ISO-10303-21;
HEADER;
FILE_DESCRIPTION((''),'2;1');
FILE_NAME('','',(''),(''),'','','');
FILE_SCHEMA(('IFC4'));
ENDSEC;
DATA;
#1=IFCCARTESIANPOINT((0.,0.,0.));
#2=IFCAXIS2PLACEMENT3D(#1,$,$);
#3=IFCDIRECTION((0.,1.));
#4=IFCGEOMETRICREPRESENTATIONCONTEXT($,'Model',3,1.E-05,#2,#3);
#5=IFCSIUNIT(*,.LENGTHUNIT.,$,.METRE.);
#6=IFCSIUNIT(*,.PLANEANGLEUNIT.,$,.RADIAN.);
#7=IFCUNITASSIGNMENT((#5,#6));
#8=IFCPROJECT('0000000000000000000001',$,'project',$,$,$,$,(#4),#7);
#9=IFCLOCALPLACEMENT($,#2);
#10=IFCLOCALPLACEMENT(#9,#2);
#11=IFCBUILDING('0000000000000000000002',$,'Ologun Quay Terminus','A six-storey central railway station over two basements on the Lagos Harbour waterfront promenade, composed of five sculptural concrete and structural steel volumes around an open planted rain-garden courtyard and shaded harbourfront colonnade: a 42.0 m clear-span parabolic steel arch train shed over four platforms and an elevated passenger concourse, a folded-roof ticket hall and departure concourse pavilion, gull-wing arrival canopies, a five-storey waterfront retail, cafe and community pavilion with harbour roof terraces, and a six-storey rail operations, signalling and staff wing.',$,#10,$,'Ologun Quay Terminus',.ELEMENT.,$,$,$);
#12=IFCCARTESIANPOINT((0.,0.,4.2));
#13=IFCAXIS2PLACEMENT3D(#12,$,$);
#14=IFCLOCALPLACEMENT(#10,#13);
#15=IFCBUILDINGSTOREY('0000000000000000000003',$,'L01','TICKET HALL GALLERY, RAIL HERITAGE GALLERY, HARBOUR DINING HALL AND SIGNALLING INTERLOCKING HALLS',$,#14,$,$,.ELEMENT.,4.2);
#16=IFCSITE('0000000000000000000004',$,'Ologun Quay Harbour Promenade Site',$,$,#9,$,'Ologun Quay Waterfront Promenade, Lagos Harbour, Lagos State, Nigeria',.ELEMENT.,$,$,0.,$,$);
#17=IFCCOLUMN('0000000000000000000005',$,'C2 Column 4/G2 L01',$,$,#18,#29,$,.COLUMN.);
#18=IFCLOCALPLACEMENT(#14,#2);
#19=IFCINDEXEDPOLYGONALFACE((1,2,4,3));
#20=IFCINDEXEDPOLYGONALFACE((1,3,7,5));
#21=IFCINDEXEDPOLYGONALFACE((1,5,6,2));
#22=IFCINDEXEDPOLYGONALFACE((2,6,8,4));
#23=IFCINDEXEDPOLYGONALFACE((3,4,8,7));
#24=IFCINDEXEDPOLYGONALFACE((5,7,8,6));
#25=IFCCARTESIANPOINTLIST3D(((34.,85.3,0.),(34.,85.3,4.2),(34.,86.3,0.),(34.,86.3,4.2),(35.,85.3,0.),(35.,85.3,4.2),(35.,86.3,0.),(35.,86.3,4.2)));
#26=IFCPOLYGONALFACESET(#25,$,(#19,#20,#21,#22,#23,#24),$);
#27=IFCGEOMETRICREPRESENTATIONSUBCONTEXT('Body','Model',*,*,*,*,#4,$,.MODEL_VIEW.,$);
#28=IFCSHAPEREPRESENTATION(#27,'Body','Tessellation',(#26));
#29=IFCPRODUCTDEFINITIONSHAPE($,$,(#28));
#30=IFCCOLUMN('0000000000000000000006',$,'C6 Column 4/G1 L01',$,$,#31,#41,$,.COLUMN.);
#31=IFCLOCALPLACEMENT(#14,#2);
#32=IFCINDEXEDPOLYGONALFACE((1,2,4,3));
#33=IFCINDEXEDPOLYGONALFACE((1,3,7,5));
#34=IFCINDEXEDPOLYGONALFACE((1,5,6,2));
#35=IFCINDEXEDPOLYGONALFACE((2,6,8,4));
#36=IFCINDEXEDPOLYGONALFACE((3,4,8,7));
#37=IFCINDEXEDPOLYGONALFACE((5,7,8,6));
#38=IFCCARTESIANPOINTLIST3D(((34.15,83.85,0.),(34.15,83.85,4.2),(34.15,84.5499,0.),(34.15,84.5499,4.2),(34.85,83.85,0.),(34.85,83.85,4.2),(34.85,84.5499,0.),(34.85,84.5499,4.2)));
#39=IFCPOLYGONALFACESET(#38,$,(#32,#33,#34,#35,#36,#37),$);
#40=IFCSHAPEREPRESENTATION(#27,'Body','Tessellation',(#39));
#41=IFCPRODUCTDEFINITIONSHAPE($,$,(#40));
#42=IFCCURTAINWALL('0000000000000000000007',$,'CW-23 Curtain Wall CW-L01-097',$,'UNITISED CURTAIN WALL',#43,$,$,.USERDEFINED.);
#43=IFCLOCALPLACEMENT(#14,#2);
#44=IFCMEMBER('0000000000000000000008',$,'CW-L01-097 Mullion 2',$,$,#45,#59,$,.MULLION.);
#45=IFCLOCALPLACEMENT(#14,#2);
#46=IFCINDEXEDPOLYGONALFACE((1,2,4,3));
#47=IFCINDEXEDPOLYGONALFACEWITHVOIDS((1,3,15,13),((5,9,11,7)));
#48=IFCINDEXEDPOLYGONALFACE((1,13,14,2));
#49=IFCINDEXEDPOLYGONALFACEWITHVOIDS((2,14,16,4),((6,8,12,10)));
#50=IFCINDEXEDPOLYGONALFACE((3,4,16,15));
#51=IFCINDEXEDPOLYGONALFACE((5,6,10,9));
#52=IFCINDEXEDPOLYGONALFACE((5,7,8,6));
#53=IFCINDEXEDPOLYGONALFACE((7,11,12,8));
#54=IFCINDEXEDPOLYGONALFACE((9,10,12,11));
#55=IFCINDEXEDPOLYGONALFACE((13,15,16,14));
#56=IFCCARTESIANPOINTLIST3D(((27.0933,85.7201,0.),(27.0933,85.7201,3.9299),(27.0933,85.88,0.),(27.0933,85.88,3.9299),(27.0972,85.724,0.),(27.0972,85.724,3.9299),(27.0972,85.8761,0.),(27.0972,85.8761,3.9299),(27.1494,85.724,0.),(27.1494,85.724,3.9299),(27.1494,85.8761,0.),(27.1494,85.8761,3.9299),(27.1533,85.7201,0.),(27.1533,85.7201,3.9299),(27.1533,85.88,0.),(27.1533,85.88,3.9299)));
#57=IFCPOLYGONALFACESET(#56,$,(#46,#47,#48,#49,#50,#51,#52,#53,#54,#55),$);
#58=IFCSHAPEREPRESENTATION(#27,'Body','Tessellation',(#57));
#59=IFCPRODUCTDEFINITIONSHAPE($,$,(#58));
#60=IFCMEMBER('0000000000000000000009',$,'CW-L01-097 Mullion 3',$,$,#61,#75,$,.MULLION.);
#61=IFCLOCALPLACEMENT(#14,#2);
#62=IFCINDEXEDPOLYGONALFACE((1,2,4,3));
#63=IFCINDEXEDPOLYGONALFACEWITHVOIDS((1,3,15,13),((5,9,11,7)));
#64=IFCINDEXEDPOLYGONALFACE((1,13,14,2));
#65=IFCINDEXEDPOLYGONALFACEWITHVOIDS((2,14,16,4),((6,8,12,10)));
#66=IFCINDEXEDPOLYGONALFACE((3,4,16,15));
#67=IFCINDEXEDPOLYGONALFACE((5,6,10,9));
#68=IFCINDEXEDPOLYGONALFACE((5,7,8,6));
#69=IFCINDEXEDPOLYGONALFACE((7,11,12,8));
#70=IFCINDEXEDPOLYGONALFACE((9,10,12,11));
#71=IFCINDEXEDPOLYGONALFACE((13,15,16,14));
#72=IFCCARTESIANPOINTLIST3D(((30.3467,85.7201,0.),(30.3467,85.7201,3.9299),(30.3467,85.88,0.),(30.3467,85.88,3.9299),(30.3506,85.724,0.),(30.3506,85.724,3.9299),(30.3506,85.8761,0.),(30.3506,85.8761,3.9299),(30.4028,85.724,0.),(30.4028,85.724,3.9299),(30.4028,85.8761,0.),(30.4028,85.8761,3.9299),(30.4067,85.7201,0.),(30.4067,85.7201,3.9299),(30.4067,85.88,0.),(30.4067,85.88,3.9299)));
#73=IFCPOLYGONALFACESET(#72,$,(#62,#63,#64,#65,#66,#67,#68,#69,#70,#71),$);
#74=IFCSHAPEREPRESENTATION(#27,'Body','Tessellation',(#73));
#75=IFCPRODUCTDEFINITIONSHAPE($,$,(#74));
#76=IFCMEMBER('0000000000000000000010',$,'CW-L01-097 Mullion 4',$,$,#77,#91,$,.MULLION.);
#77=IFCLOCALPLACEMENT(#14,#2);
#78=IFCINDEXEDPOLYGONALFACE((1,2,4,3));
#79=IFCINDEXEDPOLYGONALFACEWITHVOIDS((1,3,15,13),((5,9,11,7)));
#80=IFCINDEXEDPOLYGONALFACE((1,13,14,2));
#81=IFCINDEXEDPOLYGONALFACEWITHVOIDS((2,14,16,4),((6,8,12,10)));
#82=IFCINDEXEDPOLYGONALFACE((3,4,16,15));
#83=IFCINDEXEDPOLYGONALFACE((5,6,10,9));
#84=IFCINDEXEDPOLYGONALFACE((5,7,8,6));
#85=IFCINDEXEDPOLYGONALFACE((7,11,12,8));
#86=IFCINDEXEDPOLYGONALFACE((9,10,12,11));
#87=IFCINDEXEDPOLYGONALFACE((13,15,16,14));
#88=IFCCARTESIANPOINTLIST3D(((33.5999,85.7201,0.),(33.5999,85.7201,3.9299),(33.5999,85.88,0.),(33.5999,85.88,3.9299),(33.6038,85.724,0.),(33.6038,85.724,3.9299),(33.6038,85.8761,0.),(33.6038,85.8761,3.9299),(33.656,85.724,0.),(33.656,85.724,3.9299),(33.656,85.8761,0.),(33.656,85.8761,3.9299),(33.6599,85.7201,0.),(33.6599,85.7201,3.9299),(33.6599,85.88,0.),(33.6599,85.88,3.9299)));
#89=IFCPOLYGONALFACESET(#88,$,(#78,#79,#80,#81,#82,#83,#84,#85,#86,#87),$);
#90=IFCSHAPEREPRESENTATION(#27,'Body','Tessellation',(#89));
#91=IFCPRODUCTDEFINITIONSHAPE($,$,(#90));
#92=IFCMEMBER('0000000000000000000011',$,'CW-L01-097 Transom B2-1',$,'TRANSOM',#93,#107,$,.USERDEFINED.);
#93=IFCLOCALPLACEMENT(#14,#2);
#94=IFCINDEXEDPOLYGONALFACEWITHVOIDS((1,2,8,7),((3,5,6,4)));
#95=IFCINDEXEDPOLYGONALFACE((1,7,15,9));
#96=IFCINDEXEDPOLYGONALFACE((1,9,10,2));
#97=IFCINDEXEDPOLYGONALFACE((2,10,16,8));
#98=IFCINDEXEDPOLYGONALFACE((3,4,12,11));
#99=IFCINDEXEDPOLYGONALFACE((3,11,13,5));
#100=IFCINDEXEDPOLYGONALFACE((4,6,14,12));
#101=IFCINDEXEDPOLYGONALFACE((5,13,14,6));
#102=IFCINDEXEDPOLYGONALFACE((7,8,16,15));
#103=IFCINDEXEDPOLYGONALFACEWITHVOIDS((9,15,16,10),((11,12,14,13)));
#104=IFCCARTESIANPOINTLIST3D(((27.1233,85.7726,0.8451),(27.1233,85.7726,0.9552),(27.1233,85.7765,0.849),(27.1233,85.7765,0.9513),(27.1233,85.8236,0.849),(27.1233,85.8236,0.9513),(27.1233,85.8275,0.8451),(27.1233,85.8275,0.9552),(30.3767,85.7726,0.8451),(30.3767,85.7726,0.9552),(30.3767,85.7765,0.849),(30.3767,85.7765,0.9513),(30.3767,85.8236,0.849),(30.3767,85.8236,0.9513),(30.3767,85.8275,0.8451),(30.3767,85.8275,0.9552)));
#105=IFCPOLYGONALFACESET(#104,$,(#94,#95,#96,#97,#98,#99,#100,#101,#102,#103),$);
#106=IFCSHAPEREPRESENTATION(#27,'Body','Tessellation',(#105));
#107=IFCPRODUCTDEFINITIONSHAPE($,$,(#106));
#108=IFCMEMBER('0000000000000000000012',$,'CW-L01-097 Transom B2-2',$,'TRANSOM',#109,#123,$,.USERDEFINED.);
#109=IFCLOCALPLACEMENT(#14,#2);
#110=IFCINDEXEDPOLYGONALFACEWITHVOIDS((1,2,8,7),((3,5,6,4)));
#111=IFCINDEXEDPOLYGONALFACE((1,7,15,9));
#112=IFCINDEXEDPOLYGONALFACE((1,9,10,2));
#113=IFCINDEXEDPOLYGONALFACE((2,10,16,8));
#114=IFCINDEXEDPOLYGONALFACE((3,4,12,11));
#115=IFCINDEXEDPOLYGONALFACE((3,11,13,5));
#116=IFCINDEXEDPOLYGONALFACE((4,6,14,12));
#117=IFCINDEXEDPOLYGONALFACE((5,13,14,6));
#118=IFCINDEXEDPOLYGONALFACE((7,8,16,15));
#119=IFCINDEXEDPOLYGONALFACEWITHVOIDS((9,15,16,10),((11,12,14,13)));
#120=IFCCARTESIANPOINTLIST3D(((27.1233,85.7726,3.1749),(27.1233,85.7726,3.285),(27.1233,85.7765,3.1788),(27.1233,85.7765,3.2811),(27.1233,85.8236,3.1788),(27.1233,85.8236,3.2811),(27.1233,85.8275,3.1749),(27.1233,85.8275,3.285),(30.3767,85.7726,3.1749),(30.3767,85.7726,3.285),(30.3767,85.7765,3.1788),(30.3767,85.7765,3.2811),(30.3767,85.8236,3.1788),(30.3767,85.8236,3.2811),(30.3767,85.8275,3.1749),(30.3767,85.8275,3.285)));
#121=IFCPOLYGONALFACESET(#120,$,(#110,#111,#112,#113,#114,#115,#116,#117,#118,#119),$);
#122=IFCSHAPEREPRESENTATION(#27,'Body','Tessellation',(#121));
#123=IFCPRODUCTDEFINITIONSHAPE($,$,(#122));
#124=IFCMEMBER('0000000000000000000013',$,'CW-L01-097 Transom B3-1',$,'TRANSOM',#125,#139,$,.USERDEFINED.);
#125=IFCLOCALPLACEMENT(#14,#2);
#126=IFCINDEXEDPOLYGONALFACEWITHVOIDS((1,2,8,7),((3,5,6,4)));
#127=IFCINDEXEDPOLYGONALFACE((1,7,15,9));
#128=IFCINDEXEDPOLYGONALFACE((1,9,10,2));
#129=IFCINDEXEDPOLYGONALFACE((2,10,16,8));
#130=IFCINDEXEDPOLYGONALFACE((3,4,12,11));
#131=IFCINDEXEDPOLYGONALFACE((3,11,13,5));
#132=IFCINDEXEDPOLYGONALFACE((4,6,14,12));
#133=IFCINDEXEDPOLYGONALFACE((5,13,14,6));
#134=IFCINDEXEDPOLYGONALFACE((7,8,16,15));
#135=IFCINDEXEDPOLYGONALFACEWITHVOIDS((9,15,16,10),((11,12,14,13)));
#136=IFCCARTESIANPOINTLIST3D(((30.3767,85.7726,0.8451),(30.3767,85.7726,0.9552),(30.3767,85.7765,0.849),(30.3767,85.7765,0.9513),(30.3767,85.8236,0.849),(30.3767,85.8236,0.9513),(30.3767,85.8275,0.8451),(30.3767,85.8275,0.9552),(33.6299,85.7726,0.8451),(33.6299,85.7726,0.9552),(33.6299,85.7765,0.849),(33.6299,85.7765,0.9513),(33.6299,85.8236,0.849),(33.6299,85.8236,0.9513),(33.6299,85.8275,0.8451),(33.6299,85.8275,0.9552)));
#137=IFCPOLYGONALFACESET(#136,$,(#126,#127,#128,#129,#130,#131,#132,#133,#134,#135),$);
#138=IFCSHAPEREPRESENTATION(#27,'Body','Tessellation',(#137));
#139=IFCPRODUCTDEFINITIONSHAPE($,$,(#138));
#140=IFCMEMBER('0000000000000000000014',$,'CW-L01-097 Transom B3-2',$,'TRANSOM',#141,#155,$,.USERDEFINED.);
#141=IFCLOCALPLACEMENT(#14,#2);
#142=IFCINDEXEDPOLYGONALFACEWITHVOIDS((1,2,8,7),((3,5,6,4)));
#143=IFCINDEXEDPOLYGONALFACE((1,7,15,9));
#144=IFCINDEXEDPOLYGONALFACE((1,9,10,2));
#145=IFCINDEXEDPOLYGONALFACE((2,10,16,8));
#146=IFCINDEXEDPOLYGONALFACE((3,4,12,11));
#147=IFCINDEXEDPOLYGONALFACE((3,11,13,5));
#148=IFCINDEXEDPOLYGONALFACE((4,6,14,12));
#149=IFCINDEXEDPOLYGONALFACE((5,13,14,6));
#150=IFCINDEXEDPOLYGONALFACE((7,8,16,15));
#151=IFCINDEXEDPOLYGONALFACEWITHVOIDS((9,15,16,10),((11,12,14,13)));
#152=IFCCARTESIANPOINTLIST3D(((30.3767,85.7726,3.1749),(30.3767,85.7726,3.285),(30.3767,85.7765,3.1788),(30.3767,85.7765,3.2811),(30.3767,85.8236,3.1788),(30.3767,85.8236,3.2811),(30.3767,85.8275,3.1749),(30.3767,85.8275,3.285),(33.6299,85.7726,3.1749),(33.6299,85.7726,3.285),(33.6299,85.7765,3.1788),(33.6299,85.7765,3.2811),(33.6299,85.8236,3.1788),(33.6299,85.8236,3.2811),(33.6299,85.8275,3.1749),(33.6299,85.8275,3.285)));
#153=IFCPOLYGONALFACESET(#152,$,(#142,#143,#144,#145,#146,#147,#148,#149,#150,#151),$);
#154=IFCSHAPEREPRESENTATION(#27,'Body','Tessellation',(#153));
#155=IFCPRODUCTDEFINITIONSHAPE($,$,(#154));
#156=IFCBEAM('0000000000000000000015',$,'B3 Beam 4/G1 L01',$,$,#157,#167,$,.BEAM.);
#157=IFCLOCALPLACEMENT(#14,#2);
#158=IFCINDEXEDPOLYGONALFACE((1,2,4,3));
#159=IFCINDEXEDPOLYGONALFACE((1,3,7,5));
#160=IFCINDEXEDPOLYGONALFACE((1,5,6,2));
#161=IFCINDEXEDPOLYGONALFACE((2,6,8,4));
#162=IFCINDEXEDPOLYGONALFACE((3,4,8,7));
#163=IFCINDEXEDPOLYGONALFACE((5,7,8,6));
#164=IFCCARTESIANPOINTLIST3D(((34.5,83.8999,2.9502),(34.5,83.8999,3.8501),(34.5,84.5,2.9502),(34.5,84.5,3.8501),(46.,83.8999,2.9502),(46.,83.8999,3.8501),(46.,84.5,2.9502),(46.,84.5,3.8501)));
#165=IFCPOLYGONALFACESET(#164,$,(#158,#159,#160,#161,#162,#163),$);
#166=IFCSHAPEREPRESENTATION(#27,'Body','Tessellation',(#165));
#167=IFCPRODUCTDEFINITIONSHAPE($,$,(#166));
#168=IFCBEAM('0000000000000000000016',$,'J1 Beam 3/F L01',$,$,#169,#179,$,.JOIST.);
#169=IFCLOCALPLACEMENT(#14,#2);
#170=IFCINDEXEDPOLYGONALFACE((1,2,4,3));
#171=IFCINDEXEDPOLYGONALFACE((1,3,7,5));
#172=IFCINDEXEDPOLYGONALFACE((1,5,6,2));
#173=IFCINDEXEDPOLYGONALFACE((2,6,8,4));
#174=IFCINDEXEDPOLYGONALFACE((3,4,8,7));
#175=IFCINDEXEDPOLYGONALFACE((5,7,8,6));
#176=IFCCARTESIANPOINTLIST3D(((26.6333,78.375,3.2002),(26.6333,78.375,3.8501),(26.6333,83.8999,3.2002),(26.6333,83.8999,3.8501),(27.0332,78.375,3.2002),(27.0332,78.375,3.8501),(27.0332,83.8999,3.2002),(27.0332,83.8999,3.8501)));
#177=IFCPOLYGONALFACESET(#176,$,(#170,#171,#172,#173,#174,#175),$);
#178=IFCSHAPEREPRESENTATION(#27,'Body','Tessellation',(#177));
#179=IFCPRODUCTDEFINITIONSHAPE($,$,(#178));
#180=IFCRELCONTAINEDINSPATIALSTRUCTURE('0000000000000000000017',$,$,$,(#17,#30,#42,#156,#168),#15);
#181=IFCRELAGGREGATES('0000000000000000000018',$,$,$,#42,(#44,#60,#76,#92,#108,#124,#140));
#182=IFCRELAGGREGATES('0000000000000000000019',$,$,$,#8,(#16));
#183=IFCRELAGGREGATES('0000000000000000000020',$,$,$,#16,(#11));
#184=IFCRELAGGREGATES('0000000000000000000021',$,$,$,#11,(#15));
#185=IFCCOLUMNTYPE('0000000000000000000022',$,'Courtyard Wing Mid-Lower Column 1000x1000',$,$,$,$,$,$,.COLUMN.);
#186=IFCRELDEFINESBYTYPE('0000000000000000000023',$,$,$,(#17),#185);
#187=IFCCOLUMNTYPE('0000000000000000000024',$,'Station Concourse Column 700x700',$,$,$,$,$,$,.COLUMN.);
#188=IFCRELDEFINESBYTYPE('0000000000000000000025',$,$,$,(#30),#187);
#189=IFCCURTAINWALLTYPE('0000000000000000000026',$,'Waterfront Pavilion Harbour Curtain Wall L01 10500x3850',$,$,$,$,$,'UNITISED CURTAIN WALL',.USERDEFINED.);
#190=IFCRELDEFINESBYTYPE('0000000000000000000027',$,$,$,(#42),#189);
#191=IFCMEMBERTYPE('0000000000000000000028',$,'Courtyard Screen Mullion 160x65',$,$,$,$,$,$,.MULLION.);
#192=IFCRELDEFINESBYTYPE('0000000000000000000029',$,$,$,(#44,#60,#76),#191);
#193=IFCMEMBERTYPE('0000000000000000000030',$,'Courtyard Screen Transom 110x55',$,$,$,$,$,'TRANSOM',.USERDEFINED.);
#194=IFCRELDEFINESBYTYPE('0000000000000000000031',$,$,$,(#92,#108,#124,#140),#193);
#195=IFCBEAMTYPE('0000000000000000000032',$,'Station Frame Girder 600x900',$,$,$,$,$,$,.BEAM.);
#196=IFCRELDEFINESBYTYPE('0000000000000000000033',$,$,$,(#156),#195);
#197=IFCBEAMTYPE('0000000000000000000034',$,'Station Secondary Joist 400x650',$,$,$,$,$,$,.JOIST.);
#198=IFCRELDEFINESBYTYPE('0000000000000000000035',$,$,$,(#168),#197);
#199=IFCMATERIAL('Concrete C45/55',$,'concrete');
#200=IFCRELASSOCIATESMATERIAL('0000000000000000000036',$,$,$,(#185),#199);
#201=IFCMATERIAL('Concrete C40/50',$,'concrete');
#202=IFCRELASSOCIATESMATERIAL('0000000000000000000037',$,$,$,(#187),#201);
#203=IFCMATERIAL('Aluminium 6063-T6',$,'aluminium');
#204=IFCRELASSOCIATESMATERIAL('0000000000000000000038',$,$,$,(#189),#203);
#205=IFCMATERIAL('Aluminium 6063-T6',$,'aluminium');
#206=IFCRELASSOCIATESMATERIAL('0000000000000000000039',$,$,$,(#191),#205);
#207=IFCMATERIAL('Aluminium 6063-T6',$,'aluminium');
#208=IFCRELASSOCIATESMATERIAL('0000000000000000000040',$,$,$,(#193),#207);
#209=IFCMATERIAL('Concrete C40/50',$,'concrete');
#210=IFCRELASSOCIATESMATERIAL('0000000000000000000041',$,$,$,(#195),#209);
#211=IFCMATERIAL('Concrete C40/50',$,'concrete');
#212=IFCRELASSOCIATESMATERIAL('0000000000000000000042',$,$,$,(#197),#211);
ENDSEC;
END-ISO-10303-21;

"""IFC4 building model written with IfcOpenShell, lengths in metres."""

from ifc_helpers import new_model, si_unit, direction, frame, origin, origin_2d, place, context, subcontext, project, spatial, rectangle, hollow_rectangle, extrude, material, material_profile, profile_set, type_object, element, aggregate, save


model = new_model("IFC4")

# Units and contexts
model_context = context("Model", 3, precision=1e-05, world=origin(), true_north=direction((0.0, 1.0)))
body_context = subcontext(model_context, "Body", "Model", "MODEL_VIEW")
ifc_project = project(units=[si_unit("LENGTHUNIT", "METRE"), si_unit("PLANEANGLEUNIT", "RADIAN")], contexts=[model_context])

# Site, building, storey
site_placement = place(None, origin())
site = spatial("IfcSite", under=ifc_project, at=site_placement, Name="Ologun Quay Harbour Promenade Site", LongName="Ologun Quay Waterfront Promenade, Lagos Harbour, Lagos State, Nigeria", CompositionType="ELEMENT", RefElevation=0.0)
building_placement = place(site_placement, origin())
building = spatial("IfcBuilding", under=site, at=building_placement, Name="Ologun Quay Terminus", Description="A six-storey central railway station over two basements on the Lagos Harbour waterfront promenade, composed of five sculptural concrete and structural steel volumes around an open planted rain-garden courtyard and shaded harbourfront colonnade: a 42.0 m clear-span parabolic steel arch train shed over four platforms and an elevated passenger concourse, a folded-roof ticket hall and departure concourse pavilion, gull-wing arrival canopies, a five-storey waterfront retail, cafe and community pavilion with harbour roof terraces, and a six-storey rail operations, signalling and staff wing.", LongName="Ologun Quay Terminus", CompositionType="ELEMENT")
storey_placement = place(building_placement, frame((0.0, 0.0, 4.2)))
storey = spatial("IfcBuildingStorey", under=building, at=storey_placement, Name="L01", Description="TICKET HALL GALLERY, RAIL HERITAGE GALLERY, HARBOUR DINING HALL AND SIGNALLING INTERLOCKING HALLS", CompositionType="ELEMENT", Elevation=4.2)

# Columns
ifc_material_1 = material(Name="Concrete C45/55", Category="concrete")
ifc_material_profile_1 = material_profile(ifc_material_1, rectangle(XDim=1.0, YDim=1.0, at=origin_2d()), Name="RC 1000x1000")
ifc_profile_set_1 = profile_set([ifc_material_profile_1], Name="Concrete C45/55")
column_type_1 = type_object("IfcColumnType", Name="Courtyard Wing Mid-Lower Column 1000x1000", PredefinedType="COLUMN", material=ifc_profile_set_1)
column_1_placement = place(storey_placement, frame((34.5, 85.8, 0.0), z_axis=(0.0, 0.0, 1.0), x_axis=(1.0, 0.0, 0.0)))
element("IfcColumn", 1, at=column_1_placement, inside=storey, type_object=column_type_1, Name="C2 Column 4/G2 L01", PredefinedType="COLUMN", context=body_context, shape_type="SweptSolid", body=[
    extrude(rectangle(XDim=1.0, YDim=1.0, at=origin_2d()), origin(), (0.0, 0.0, 1.0), 4.2),
])
ifc_material_2 = material(Name="Concrete C40/50", Category="concrete")
ifc_material_profile_2 = material_profile(ifc_material_2, rectangle(XDim=0.7, YDim=0.7, at=origin_2d()), Name="RC 700x700")
ifc_profile_set_2 = profile_set([ifc_material_profile_2], Name="Concrete C40/50")
column_type_2 = type_object("IfcColumnType", Name="Station Concourse Column 700x700", PredefinedType="COLUMN", material=ifc_profile_set_2)
column_2_placement = place(storey_placement, frame((34.5, 84.2, 0.0), z_axis=(0.0, 0.0, 1.0), x_axis=(1.0, 0.0, 0.0)))
element("IfcColumn", 2, at=column_2_placement, inside=storey, type_object=column_type_2, Name="C6 Column 4/G1 L01", PredefinedType="COLUMN", context=body_context, shape_type="SweptSolid", body=[
    extrude(rectangle(XDim=0.7, YDim=0.7, at=origin_2d()), origin(), (0.0, 0.0, 1.0), 4.2),
])

# Curtain wall, members
ifc_material_3 = material(Name="Aluminium 6063-T6", Category="aluminium")
curtain_wall_type = type_object("IfcCurtainWallType", Name="Waterfront Pavilion Harbour Curtain Wall L01 10500x3850", ElementType="UNITISED CURTAIN WALL", PredefinedType="USERDEFINED", material=ifc_material_3)
curtain_wall_placement = place(storey_placement, origin())
curtain_wall = element("IfcCurtainWall", 3, at=curtain_wall_placement, inside=storey, type_object=curtain_wall_type, Name="CW-23 Curtain Wall CW-L01-097", ObjectType="UNITISED CURTAIN WALL", PredefinedType="USERDEFINED")
ifc_material_4 = material(Name="Aluminium 6063-T6", Category="aluminium")
ifc_material_profile_3 = material_profile(ifc_material_4, hollow_rectangle(XDim=0.0601, YDim=0.1599, WallThickness=0.0039, at=origin_2d()), Name="ALU 160x60x4")
ifc_profile_set_3 = profile_set([ifc_material_profile_3], Name="Aluminium 6063-T6")
member_type_1 = type_object("IfcMemberType", Name="Courtyard Screen Mullion 160x65", PredefinedType="MULLION", material=ifc_profile_set_3)
member_1_placement = place(storey_placement, frame((27.1233, 85.8, 0.0), z_axis=(0.0, 0.0, 1.0), x_axis=(1.0, 0.0, 0.0)))
member_1 = element("IfcMember", 4, at=member_1_placement, type_object=member_type_1, Name="CW-L01-097 Mullion 2", PredefinedType="MULLION", context=body_context, shape_type="SweptSolid", body=[
    extrude(hollow_rectangle(XDim=0.0601, YDim=0.1599, WallThickness=0.0039, at=origin_2d()), origin(), (0.0, 0.0, 1.0), 3.9299),
])
member_2_placement = place(storey_placement, frame((30.3767, 85.8, 0.0), z_axis=(0.0, 0.0, 1.0), x_axis=(1.0, 0.0, 0.0)))
member_2 = element("IfcMember", 5, at=member_2_placement, type_object=member_type_1, Name="CW-L01-097 Mullion 3", PredefinedType="MULLION", context=body_context, shape_type="SweptSolid", body=[
    extrude(hollow_rectangle(XDim=0.0601, YDim=0.1599, WallThickness=0.0039, at=origin_2d()), origin(), (0.0, 0.0, 1.0), 3.9299),
])
member_3_placement = place(storey_placement, frame((33.6299, 85.8, 0.0), z_axis=(0.0, 0.0, 1.0), x_axis=(1.0, 0.0, 0.0)))
member_3 = element("IfcMember", 6, at=member_3_placement, type_object=member_type_1, Name="CW-L01-097 Mullion 4", PredefinedType="MULLION", context=body_context, shape_type="SweptSolid", body=[
    extrude(hollow_rectangle(XDim=0.0601, YDim=0.1599, WallThickness=0.0039, at=origin_2d()), origin(), (0.0, 0.0, 1.0), 3.9299),
])
ifc_material_5 = material(Name="Aluminium 6063-T6", Category="aluminium")
ifc_material_profile_4 = material_profile(ifc_material_5, hollow_rectangle(XDim=0.0549, YDim=0.1101, WallThickness=0.0039, at=origin_2d()), Name="ALU 110x55x4")
ifc_profile_set_4 = profile_set([ifc_material_profile_4], Name="Aluminium 6063-T6")
member_type_2 = type_object("IfcMemberType", Name="Courtyard Screen Transom 110x55", ElementType="TRANSOM", PredefinedType="USERDEFINED", material=ifc_profile_set_4)
member_4_placement = place(storey_placement, frame((27.1233, 85.8, 0.9001), z_axis=(1.0, 0.0, 0.0), x_axis=(0.0, 1.0, 0.0)))
member_4 = element("IfcMember", 7, at=member_4_placement, type_object=member_type_2, Name="CW-L01-097 Transom B2-1", ObjectType="TRANSOM", PredefinedType="USERDEFINED", context=body_context, shape_type="SweptSolid", body=[
    extrude(hollow_rectangle(XDim=0.0549, YDim=0.1101, WallThickness=0.0039, at=origin_2d()), origin(), (0.0, 0.0, 1.0), 3.2534),
])
member_5_placement = place(storey_placement, frame((27.1233, 85.8, 3.23), z_axis=(1.0, 0.0, 0.0), x_axis=(0.0, 1.0, 0.0)))
member_5 = element("IfcMember", 8, at=member_5_placement, type_object=member_type_2, Name="CW-L01-097 Transom B2-2", ObjectType="TRANSOM", PredefinedType="USERDEFINED", context=body_context, shape_type="SweptSolid", body=[
    extrude(hollow_rectangle(XDim=0.0549, YDim=0.1101, WallThickness=0.0039, at=origin_2d()), origin(), (0.0, 0.0, 1.0), 3.2534),
])
member_6_placement = place(storey_placement, frame((30.3767, 85.8, 0.9001), z_axis=(1.0, 0.0, 0.0), x_axis=(0.0, 1.0, 0.0)))
member_6 = element("IfcMember", 9, at=member_6_placement, type_object=member_type_2, Name="CW-L01-097 Transom B3-1", ObjectType="TRANSOM", PredefinedType="USERDEFINED", context=body_context, shape_type="SweptSolid", body=[
    extrude(hollow_rectangle(XDim=0.0549, YDim=0.1101, WallThickness=0.0039, at=origin_2d()), origin(), (0.0, 0.0, 1.0), 3.2532),
])
member_7_placement = place(storey_placement, frame((30.3767, 85.8, 3.23), z_axis=(1.0, 0.0, 0.0), x_axis=(0.0, 1.0, 0.0)))
member_7 = element("IfcMember", 10, at=member_7_placement, type_object=member_type_2, Name="CW-L01-097 Transom B3-2", ObjectType="TRANSOM", PredefinedType="USERDEFINED", context=body_context, shape_type="SweptSolid", body=[
    extrude(hollow_rectangle(XDim=0.0549, YDim=0.1101, WallThickness=0.0039, at=origin_2d()), origin(), (0.0, 0.0, 1.0), 3.2532),
])

# Beams
ifc_material_6 = material(Name="Concrete C40/50", Category="concrete")
ifc_material_profile_5 = material_profile(ifc_material_6, rectangle(XDim=0.6001, YDim=0.8999, at=origin_2d()), Name="RC 600x900")
ifc_profile_set_5 = profile_set([ifc_material_profile_5], Name="Concrete C40/50")
beam_type_1 = type_object("IfcBeamType", Name="Station Frame Girder 600x900", PredefinedType="BEAM", material=ifc_profile_set_5)
beam_placement = place(storey_placement, frame((34.5, 84.2, 3.4001), z_axis=(1.0, 0.0, 0.0), x_axis=(0.0, 1.0, 0.0)))
element("IfcBeam", 11, at=beam_placement, inside=storey, type_object=beam_type_1, Name="B3 Beam 4/G1 L01", PredefinedType="BEAM", context=body_context, shape_type="SweptSolid", body=[
    extrude(rectangle(XDim=0.6001, YDim=0.8999, at=origin_2d()), origin(), (0.0, 0.0, 1.0), 11.5),
])
ifc_material_7 = material(Name="Concrete C40/50", Category="concrete")
ifc_material_profile_6 = material_profile(ifc_material_7, rectangle(XDim=0.3999, YDim=0.6499, at=origin_2d()), Name="RC 400x650")
ifc_profile_set_6 = profile_set([ifc_material_profile_6], Name="Concrete C40/50")
beam_type_2 = type_object("IfcBeamType", Name="Station Secondary Joist 400x650", PredefinedType="JOIST", material=ifc_profile_set_6)
for number, where, z_axis, x_axis, name in (
    (12, (26.8333, 78.375, 3.5251), (0.0, 1.0, 0.0), (-1.0, 0.0, 0.0), "J1 Beam 3/F L01"),
):
    element("IfcBeam", number, at=place(storey_placement, frame(where, z_axis=z_axis, x_axis=x_axis)), inside=storey, type_object=beam_type_2, Name=name, PredefinedType="JOIST", context=body_context, shape_type="SweptSolid", body=[
        extrude(rectangle(XDim=0.3999, YDim=0.6499, at=origin_2d()), origin(), (0.0, 0.0, 1.0), 5.5249),
    ])

aggregate(curtain_wall, [member_1, member_2, member_3, member_4, member_5, member_6, member_7])

save(model, "model.ifc")
